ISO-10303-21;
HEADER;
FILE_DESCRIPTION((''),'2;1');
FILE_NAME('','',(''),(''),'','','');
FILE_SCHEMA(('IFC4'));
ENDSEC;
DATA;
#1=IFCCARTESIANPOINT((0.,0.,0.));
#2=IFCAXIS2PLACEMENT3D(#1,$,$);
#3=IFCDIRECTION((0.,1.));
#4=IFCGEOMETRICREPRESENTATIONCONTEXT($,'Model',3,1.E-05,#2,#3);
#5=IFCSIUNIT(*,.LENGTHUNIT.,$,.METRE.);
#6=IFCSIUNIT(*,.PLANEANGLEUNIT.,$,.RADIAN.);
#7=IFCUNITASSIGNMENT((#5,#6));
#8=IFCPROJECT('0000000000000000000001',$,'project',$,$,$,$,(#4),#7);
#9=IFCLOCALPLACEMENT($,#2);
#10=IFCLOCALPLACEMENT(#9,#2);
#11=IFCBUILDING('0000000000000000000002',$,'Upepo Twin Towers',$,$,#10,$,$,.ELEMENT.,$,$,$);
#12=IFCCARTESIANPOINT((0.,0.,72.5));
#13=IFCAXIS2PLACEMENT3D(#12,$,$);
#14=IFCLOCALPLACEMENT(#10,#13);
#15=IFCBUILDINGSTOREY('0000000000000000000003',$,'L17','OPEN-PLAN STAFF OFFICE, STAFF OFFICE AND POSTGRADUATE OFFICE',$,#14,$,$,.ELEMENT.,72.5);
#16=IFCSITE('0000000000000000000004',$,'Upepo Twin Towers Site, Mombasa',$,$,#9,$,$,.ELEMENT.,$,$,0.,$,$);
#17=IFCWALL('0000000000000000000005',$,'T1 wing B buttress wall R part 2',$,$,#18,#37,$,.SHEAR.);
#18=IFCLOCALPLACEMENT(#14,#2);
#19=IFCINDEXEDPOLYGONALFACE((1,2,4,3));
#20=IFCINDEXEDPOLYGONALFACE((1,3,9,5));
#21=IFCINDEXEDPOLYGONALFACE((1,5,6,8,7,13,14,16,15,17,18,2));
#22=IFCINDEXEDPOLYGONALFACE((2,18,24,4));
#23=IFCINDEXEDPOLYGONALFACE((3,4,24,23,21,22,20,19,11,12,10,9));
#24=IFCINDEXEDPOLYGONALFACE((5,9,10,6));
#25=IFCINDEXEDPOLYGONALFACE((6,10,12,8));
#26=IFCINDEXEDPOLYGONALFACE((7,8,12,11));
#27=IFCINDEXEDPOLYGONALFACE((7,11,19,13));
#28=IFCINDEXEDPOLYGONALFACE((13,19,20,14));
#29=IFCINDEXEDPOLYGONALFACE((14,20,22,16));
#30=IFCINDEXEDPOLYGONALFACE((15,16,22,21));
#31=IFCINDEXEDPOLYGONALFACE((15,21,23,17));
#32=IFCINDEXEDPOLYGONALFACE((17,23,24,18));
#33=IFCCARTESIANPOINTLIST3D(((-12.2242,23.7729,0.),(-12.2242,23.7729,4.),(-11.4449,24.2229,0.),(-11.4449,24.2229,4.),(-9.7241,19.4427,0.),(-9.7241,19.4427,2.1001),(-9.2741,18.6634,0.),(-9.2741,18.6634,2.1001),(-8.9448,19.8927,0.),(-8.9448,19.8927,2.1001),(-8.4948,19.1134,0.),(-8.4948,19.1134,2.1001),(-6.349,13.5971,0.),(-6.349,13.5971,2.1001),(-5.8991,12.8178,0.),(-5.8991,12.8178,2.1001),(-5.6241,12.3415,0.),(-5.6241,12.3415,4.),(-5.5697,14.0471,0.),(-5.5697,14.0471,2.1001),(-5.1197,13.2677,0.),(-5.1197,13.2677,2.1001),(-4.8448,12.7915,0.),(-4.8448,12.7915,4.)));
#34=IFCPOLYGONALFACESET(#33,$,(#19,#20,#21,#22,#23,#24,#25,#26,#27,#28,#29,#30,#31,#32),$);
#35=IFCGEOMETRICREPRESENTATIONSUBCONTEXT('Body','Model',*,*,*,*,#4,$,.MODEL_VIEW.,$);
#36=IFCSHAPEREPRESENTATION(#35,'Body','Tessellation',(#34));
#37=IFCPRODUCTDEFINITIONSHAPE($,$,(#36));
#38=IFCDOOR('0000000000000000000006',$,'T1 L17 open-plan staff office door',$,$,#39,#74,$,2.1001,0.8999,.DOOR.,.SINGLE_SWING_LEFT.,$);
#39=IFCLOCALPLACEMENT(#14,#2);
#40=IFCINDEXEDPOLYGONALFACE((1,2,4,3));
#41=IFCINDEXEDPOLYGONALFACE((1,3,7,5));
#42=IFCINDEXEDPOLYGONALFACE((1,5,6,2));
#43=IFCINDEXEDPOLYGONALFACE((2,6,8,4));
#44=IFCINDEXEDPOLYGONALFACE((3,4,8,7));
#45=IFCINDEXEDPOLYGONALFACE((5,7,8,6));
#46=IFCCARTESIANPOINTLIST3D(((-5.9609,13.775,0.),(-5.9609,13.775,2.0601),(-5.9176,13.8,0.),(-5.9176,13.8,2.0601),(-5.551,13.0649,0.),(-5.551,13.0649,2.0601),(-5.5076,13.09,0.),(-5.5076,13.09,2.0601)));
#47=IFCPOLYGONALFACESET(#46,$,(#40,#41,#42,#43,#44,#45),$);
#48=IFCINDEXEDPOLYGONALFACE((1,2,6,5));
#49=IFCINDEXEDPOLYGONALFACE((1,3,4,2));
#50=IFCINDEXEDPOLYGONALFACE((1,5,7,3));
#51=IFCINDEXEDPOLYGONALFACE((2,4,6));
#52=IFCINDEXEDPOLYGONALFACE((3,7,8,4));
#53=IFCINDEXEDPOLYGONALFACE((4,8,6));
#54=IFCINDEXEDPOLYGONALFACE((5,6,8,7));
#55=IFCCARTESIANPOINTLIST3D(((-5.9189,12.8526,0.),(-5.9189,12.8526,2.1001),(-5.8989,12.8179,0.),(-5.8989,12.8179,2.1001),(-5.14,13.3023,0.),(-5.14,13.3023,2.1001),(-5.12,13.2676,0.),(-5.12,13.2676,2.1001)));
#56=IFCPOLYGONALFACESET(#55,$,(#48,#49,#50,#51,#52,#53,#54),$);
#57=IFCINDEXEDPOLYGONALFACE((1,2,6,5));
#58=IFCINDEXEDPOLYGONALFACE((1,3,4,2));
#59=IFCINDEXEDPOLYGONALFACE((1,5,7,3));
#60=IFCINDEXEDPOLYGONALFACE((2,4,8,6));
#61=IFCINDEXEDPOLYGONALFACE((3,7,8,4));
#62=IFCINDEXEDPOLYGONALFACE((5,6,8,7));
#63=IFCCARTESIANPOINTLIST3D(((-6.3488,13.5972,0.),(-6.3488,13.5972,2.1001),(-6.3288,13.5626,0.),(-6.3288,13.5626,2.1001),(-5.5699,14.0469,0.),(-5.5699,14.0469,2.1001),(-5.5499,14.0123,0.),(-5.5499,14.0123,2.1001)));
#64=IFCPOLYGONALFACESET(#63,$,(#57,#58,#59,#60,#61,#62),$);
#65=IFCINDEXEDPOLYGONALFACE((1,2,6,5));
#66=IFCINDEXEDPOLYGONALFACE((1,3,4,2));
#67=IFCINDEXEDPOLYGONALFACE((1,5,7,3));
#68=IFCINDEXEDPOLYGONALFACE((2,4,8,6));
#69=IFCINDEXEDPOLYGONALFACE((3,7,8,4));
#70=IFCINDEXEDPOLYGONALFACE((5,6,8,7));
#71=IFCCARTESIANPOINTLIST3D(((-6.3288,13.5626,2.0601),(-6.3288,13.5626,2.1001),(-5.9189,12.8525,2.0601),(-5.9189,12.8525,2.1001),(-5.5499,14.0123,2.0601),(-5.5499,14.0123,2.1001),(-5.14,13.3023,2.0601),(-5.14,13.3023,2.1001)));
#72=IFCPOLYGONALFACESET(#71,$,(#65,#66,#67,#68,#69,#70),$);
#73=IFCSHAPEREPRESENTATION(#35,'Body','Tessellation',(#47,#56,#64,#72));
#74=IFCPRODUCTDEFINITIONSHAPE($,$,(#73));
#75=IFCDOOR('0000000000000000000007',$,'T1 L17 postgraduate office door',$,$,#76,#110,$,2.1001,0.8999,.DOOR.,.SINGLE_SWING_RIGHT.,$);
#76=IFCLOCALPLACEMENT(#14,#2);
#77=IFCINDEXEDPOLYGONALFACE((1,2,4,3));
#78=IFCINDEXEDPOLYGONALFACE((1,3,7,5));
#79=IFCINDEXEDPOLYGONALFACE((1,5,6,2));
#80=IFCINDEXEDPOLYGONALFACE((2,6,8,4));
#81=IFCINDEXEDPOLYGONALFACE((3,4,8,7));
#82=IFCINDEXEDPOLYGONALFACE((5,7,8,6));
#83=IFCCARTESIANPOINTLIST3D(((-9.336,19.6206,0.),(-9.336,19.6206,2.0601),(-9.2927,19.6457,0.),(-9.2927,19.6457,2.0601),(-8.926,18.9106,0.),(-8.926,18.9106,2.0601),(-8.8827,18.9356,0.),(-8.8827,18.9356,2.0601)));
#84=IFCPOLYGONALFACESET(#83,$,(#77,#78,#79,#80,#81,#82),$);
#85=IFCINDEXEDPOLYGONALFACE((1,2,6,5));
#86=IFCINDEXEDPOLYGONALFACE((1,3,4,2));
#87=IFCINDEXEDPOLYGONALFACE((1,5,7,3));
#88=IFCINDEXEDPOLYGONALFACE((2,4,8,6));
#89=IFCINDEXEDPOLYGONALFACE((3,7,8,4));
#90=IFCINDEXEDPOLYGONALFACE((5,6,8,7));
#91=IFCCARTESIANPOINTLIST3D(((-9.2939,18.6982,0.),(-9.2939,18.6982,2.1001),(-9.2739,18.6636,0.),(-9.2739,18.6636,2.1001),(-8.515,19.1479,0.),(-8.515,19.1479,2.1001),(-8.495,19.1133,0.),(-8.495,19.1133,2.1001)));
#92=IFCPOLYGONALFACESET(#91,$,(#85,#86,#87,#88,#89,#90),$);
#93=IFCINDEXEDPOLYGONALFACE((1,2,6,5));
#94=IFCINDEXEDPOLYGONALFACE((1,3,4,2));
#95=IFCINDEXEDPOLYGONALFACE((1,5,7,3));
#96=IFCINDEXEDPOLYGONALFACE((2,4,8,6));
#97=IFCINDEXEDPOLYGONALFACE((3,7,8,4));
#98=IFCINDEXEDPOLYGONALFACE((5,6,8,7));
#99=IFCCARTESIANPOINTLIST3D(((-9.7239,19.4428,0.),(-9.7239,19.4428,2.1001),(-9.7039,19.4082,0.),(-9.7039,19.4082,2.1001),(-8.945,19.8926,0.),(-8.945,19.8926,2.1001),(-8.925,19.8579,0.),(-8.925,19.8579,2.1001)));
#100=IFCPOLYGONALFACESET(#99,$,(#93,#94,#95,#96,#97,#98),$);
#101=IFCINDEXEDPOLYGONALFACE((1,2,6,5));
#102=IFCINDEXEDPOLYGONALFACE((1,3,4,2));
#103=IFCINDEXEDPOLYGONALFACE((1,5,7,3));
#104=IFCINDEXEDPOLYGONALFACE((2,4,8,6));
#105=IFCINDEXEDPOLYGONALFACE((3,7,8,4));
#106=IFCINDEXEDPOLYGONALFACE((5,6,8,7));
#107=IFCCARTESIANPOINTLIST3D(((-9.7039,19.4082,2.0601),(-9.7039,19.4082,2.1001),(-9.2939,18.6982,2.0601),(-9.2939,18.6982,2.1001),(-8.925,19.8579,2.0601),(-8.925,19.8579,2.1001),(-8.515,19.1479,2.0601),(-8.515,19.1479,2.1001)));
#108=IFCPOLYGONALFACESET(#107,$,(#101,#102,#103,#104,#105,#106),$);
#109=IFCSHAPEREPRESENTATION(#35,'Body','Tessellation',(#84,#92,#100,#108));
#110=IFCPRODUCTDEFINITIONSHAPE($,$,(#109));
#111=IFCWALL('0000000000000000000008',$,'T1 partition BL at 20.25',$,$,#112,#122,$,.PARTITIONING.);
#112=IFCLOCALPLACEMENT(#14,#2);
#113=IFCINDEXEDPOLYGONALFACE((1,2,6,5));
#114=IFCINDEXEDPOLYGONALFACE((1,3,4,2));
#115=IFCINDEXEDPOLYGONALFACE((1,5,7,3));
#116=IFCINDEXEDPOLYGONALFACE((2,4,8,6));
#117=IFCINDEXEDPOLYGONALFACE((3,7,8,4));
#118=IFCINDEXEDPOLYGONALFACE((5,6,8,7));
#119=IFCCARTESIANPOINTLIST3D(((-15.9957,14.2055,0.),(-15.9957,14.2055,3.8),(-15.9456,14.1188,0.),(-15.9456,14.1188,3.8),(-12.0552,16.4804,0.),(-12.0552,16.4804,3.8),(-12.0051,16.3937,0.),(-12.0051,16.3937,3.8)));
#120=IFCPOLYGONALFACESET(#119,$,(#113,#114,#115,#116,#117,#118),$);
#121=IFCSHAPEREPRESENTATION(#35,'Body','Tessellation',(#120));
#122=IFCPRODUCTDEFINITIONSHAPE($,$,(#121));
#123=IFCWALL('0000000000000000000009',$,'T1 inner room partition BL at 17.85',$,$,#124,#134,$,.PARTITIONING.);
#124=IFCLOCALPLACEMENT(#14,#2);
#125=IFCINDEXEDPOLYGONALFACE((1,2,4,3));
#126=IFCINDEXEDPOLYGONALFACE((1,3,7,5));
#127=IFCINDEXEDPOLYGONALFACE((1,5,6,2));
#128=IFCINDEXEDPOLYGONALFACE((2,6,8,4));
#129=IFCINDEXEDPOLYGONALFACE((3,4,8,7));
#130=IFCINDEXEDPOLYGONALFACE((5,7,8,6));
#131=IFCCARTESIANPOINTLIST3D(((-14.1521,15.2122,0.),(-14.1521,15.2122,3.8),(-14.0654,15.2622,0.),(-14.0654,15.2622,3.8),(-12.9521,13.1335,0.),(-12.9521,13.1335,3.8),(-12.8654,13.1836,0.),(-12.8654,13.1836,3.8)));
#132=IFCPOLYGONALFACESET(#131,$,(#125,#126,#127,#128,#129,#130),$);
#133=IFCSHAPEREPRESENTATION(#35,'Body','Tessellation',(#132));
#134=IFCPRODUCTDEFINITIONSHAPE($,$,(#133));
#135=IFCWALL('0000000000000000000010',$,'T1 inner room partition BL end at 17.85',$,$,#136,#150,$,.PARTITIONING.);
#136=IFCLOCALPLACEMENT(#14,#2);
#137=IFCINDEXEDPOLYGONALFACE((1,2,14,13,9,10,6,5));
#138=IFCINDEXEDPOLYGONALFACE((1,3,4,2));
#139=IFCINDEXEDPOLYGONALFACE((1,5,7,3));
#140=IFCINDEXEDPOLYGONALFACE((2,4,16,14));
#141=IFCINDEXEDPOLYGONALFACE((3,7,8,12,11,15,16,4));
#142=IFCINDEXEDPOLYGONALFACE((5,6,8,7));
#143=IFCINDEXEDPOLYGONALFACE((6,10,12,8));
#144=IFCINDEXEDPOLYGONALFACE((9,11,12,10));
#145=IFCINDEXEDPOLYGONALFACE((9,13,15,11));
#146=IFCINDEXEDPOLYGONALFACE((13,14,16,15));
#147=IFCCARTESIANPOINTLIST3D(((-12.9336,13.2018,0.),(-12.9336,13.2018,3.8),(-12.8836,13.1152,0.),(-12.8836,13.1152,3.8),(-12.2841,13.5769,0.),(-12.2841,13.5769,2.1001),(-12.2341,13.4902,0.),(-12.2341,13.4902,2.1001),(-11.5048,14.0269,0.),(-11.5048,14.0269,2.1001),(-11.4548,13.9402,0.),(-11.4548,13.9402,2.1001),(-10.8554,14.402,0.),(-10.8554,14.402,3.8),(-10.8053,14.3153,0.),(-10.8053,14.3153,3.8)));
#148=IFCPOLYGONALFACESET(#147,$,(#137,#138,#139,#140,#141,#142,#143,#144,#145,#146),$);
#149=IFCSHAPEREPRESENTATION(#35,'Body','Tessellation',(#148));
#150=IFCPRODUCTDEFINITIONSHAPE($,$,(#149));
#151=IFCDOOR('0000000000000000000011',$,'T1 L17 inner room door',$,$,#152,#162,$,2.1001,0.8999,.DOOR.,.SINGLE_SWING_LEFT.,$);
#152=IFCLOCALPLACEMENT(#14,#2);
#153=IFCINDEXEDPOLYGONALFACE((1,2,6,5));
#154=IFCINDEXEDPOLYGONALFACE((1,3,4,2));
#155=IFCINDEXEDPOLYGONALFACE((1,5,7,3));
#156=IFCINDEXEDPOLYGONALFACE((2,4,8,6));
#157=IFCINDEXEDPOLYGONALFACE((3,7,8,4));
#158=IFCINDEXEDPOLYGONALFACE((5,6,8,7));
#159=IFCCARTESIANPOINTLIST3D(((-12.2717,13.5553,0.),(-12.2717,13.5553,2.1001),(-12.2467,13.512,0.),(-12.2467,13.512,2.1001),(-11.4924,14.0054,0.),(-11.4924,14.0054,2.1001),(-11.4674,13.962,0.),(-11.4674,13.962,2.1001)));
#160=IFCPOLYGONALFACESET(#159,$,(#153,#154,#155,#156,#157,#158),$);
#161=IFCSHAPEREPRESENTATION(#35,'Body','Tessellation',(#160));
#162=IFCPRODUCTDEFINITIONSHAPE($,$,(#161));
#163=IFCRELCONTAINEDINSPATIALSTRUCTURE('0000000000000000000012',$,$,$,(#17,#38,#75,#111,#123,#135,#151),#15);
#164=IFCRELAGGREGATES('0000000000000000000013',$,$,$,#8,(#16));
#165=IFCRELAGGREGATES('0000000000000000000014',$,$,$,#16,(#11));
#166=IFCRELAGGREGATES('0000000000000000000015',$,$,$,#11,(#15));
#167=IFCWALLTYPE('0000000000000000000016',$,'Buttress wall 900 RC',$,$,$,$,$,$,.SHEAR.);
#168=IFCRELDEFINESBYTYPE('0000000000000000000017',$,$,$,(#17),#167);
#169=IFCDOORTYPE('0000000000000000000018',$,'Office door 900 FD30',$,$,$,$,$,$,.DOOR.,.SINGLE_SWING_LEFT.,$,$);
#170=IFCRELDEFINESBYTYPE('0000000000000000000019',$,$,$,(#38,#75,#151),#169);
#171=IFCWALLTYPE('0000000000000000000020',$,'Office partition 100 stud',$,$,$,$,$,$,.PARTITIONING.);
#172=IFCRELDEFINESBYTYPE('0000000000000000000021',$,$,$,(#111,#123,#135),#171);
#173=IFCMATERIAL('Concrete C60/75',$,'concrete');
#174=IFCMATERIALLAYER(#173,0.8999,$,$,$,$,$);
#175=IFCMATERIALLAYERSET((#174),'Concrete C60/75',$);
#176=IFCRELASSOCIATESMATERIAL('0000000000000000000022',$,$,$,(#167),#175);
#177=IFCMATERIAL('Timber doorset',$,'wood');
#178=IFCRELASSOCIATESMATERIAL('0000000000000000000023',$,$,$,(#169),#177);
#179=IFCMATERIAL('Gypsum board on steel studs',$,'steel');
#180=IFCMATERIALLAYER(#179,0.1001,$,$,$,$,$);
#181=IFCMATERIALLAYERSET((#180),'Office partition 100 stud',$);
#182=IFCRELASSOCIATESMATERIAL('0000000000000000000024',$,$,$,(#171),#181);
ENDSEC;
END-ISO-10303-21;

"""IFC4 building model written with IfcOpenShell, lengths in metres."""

from ifc_helpers import new_model, si_unit, direction, frame, frame_2d, origin, place, context, subcontext, project, spatial, rectangle, extrude, material, layer, layer_set, type_object, element, fill, save


model = new_model("IFC4")

# Units and contexts
model_context = context("Model", 3, precision=1e-05, world=origin(), true_north=direction((0.0, 1.0)))
body_context = subcontext(model_context, "Body", "Model", "MODEL_VIEW")
ifc_project = project(units=[si_unit("LENGTHUNIT", "METRE"), si_unit("PLANEANGLEUNIT", "RADIAN")], contexts=[model_context])

# Site, building, storey
site_placement = place(None, origin())
site = spatial("IfcSite", under=ifc_project, at=site_placement, Name="Upepo Twin Towers Site, Mombasa", CompositionType="ELEMENT", RefElevation=0.0)
building_placement = place(site_placement, origin())
building = spatial("IfcBuilding", under=site, at=building_placement, Name="Upepo Twin Towers", CompositionType="ELEMENT")
storey_placement = place(building_placement, frame((0.0, 0.0, 72.5)))
storey = spatial("IfcBuildingStorey", under=building, at=storey_placement, Name="L17", Description="OPEN-PLAN STAFF OFFICE, STAFF OFFICE AND POSTGRADUATE OFFICE", CompositionType="ELEMENT", Elevation=72.5)

# Wall, openings, doors
ifc_material_1 = material(Name="Concrete C60/75", Category="concrete")
ifc_layer_1 = layer(ifc_material_1, 0.8999)
ifc_layer_set_1 = layer_set([ifc_layer_1], Name="Concrete C60/75")
wall_type_1 = type_object("IfcWallType", Name="Buttress wall 900 RC", PredefinedType="SHEAR", material=ifc_layer_set_1)
ifc_material_2 = material(Name="Timber doorset", Category="wood")
door_type = type_object("IfcDoorType", Name="Office door 900 FD30", OperationType="SINGLE_SWING_LEFT", PredefinedType="DOOR", material=ifc_material_2)
wall_1_placement = place(storey_placement, frame((-5.2344, 12.5664, 0.0), z_axis=(0.0, 0.0, 1.0), x_axis=(-0.50001, 0.86602, 0.0)))
wall_1 = element("IfcWall", 1, at=wall_1_placement, inside=storey, type_object=wall_type_1, Name="T1 wing B buttress wall R part 2", PredefinedType="SHEAR", context=body_context, shape_type="SweptSolid", body=[
    extrude(rectangle(XDim=13.2, YDim=0.8999, at=frame_2d((6.6001, 0.0))), origin(), (0.0, 0.0, 1.0), 4.0),
])
opening_1_placement = place(wall_1_placement, frame((0.55, 0.0, 0.0)))
opening_1 = element("IfcOpeningElement", 2, at=opening_1_placement, cuts=wall_1, PredefinedType="OPENING", context=body_context, shape_type="SweptSolid", body=[
    extrude(rectangle(XDim=0.8999, YDim=2.1001, at=frame_2d((0.45, 1.05))), frame((0.0, 0.46, 0.0), z_axis=(0.0, -1.0, 0.0), x_axis=(1.0, 0.0, 0.0)), (0.0, 0.0, 1.0), 0.9199),
])
opening_2_placement = place(wall_1_placement, frame((7.3, 0.0, 0.0)))
opening_2 = element("IfcOpeningElement", 3, at=opening_2_placement, cuts=wall_1, PredefinedType="OPENING", context=body_context, shape_type="SweptSolid", body=[
    extrude(rectangle(XDim=0.8999, YDim=2.1001, at=frame_2d((0.45, 1.05))), frame((0.0, 0.46, 0.0), z_axis=(0.0, -1.0, 0.0), x_axis=(1.0, 0.0, 0.0)), (0.0, 0.0, 1.0), 0.9199),
])
door_1_placement = place(opening_1_placement, origin())
door_1 = element("IfcDoor", 4, at=door_1_placement, inside=storey, type_object=door_type, Name="T1 L17 open-plan staff office door", OperationType="SINGLE_SWING_LEFT", OverallHeight=2.1001, OverallWidth=0.8999, PredefinedType="DOOR", context=body_context, shape_type="SweptSolid", body=[
    extrude(rectangle(XDim=0.8199, YDim=2.0601, at=frame_2d((0.45, 1.03))), frame((0.0, 0.0249, 0.0), z_axis=(0.0, -1.0, 0.0), x_axis=(1.0, 0.0, 0.0)), (0.0, 0.0, 1.0), 0.05),
    extrude(rectangle(XDim=0.04, YDim=2.1001, at=frame_2d((0.02, 1.05))), frame((0.0, 0.4497, 0.0), z_axis=(0.0, -1.0, 0.0), x_axis=(1.0, 0.0, 0.0)), (0.0, 0.0, 1.0), 0.8994),
    extrude(rectangle(XDim=0.04, YDim=2.1001, at=frame_2d((0.8799, 1.05))), frame((0.0, 0.4497, 0.0), z_axis=(0.0, -1.0, 0.0), x_axis=(1.0, 0.0, 0.0)), (0.0, 0.0, 1.0), 0.8994),
    extrude(rectangle(XDim=0.8199, YDim=0.04, at=frame_2d((0.45, 2.0801))), frame((0.0, 0.4497, 0.0), z_axis=(0.0, -1.0, 0.0), x_axis=(1.0, 0.0, 0.0)), (0.0, 0.0, 1.0), 0.8994),
])
fill(opening_1, door_1)
door_2_placement = place(opening_2_placement, origin())
door_2 = element("IfcDoor", 5, at=door_2_placement, inside=storey, type_object=door_type, Name="T1 L17 postgraduate office door", OperationType="SINGLE_SWING_RIGHT", OverallHeight=2.1001, OverallWidth=0.8999, PredefinedType="DOOR", context=body_context, shape_type="SweptSolid", body=[
    extrude(rectangle(XDim=0.8199, YDim=2.0601, at=frame_2d((0.45, 1.03))), frame((0.0, 0.0249, 0.0), z_axis=(0.0, -1.0, 0.0), x_axis=(1.0, 0.0, 0.0)), (0.0, 0.0, 1.0), 0.05),
    extrude(rectangle(XDim=0.04, YDim=2.1001, at=frame_2d((0.02, 1.05))), frame((0.0, 0.4497, 0.0), z_axis=(0.0, -1.0, 0.0), x_axis=(1.0, 0.0, 0.0)), (0.0, 0.0, 1.0), 0.8994),
    extrude(rectangle(XDim=0.04, YDim=2.1001, at=frame_2d((0.8799, 1.05))), frame((0.0, 0.4497, 0.0), z_axis=(0.0, -1.0, 0.0), x_axis=(1.0, 0.0, 0.0)), (0.0, 0.0, 1.0), 0.8994),
    extrude(rectangle(XDim=0.8199, YDim=0.04, at=frame_2d((0.45, 2.0801))), frame((0.0, 0.4497, 0.0), z_axis=(0.0, -1.0, 0.0), x_axis=(1.0, 0.0, 0.0)), (0.0, 0.0, 1.0), 0.8994),
])
fill(opening_2, door_2)

# Walls
ifc_material_3 = material(Name="Gypsum board on steel studs", Category="steel")
ifc_layer_2 = layer(ifc_material_3, 0.1001)
ifc_layer_set_2 = layer_set([ifc_layer_2], Name="Office partition 100 stud")
wall_type_2 = type_object("IfcWallType", Name="Office partition 100 stud", PredefinedType="PARTITIONING", material=ifc_layer_set_2)
wall_2_placement = place(storey_placement, frame((-12.0303, 16.437, 0.0), z_axis=(0.0, 0.0, 1.0), x_axis=(-0.866035, -0.499983, 0.0)))
element("IfcWall", 6, at=wall_2_placement, inside=storey, type_object=wall_type_2, Name="T1 partition BL at 20.25", PredefinedType="PARTITIONING", context=body_context, shape_type="SweptSolid", body=[
    extrude(rectangle(XDim=4.55, YDim=0.1001, at=frame_2d((2.2749, 0.0))), origin(), (0.0, 0.0, 1.0), 3.8),
])
wall_3_placement = place(storey_placement, frame((-12.9087, 13.1584, 0.0), z_axis=(0.0, 0.0, 1.0), x_axis=(-0.499957, 0.86605, 0.0)))
element("IfcWall", 7, at=wall_3_placement, inside=storey, type_object=wall_type_2, Name="T1 inner room partition BL at 17.85", PredefinedType="PARTITIONING", context=body_context, shape_type="SweptSolid", body=[
    extrude(rectangle(XDim=2.4001, YDim=0.1001, at=frame_2d((1.2002, 0.0))), origin(), (0.0, 0.0, 1.0), 3.8),
])

# Wall, opening, door
wall_4_placement = place(storey_placement, frame((-10.8303, 14.3586, 0.0), z_axis=(0.0, 0.0, 1.0), x_axis=(-0.865981, -0.500078, 0.0)))
wall_4 = element("IfcWall", 8, at=wall_4_placement, inside=storey, type_object=wall_type_2, Name="T1 inner room partition BL end at 17.85", PredefinedType="PARTITIONING", context=body_context, shape_type="SweptSolid", body=[
    extrude(rectangle(XDim=2.3999, YDim=0.1001, at=frame_2d((1.2, 0.0))), origin(), (0.0, 0.0, 1.0), 3.8),
])
opening_3_placement = place(wall_4_placement, frame((0.75, 0.0, 0.0)))
opening_3 = element("IfcOpeningElement", 9, at=opening_3_placement, cuts=wall_4, PredefinedType="OPENING", context=body_context, shape_type="SweptSolid", body=[
    extrude(rectangle(XDim=0.8999, YDim=2.1001, at=frame_2d((0.45, 1.05))), frame((0.0, 0.0601, 0.0), z_axis=(0.0, -1.0, 0.0), x_axis=(1.0, 0.0, 0.0)), (0.0, 0.0, 1.0), 0.1201),
])
door_3_placement = place(opening_3_placement, origin())
door_3 = element("IfcDoor", 10, at=door_3_placement, inside=storey, type_object=door_type, Name="T1 L17 inner room door", OperationType="SINGLE_SWING_LEFT", OverallHeight=2.1001, OverallWidth=0.8999, PredefinedType="DOOR", context=body_context, shape_type="SweptSolid", body=[
    extrude(rectangle(XDim=0.8999, YDim=2.1001, at=frame_2d((0.45, 1.05))), frame((0.0, 0.0249, 0.0), z_axis=(0.0, -1.0, 0.0), x_axis=(1.0, 0.0, 0.0)), (0.0, 0.0, 1.0), 0.05),
])
fill(opening_3, door_3)

save(model, "model.ifc")
